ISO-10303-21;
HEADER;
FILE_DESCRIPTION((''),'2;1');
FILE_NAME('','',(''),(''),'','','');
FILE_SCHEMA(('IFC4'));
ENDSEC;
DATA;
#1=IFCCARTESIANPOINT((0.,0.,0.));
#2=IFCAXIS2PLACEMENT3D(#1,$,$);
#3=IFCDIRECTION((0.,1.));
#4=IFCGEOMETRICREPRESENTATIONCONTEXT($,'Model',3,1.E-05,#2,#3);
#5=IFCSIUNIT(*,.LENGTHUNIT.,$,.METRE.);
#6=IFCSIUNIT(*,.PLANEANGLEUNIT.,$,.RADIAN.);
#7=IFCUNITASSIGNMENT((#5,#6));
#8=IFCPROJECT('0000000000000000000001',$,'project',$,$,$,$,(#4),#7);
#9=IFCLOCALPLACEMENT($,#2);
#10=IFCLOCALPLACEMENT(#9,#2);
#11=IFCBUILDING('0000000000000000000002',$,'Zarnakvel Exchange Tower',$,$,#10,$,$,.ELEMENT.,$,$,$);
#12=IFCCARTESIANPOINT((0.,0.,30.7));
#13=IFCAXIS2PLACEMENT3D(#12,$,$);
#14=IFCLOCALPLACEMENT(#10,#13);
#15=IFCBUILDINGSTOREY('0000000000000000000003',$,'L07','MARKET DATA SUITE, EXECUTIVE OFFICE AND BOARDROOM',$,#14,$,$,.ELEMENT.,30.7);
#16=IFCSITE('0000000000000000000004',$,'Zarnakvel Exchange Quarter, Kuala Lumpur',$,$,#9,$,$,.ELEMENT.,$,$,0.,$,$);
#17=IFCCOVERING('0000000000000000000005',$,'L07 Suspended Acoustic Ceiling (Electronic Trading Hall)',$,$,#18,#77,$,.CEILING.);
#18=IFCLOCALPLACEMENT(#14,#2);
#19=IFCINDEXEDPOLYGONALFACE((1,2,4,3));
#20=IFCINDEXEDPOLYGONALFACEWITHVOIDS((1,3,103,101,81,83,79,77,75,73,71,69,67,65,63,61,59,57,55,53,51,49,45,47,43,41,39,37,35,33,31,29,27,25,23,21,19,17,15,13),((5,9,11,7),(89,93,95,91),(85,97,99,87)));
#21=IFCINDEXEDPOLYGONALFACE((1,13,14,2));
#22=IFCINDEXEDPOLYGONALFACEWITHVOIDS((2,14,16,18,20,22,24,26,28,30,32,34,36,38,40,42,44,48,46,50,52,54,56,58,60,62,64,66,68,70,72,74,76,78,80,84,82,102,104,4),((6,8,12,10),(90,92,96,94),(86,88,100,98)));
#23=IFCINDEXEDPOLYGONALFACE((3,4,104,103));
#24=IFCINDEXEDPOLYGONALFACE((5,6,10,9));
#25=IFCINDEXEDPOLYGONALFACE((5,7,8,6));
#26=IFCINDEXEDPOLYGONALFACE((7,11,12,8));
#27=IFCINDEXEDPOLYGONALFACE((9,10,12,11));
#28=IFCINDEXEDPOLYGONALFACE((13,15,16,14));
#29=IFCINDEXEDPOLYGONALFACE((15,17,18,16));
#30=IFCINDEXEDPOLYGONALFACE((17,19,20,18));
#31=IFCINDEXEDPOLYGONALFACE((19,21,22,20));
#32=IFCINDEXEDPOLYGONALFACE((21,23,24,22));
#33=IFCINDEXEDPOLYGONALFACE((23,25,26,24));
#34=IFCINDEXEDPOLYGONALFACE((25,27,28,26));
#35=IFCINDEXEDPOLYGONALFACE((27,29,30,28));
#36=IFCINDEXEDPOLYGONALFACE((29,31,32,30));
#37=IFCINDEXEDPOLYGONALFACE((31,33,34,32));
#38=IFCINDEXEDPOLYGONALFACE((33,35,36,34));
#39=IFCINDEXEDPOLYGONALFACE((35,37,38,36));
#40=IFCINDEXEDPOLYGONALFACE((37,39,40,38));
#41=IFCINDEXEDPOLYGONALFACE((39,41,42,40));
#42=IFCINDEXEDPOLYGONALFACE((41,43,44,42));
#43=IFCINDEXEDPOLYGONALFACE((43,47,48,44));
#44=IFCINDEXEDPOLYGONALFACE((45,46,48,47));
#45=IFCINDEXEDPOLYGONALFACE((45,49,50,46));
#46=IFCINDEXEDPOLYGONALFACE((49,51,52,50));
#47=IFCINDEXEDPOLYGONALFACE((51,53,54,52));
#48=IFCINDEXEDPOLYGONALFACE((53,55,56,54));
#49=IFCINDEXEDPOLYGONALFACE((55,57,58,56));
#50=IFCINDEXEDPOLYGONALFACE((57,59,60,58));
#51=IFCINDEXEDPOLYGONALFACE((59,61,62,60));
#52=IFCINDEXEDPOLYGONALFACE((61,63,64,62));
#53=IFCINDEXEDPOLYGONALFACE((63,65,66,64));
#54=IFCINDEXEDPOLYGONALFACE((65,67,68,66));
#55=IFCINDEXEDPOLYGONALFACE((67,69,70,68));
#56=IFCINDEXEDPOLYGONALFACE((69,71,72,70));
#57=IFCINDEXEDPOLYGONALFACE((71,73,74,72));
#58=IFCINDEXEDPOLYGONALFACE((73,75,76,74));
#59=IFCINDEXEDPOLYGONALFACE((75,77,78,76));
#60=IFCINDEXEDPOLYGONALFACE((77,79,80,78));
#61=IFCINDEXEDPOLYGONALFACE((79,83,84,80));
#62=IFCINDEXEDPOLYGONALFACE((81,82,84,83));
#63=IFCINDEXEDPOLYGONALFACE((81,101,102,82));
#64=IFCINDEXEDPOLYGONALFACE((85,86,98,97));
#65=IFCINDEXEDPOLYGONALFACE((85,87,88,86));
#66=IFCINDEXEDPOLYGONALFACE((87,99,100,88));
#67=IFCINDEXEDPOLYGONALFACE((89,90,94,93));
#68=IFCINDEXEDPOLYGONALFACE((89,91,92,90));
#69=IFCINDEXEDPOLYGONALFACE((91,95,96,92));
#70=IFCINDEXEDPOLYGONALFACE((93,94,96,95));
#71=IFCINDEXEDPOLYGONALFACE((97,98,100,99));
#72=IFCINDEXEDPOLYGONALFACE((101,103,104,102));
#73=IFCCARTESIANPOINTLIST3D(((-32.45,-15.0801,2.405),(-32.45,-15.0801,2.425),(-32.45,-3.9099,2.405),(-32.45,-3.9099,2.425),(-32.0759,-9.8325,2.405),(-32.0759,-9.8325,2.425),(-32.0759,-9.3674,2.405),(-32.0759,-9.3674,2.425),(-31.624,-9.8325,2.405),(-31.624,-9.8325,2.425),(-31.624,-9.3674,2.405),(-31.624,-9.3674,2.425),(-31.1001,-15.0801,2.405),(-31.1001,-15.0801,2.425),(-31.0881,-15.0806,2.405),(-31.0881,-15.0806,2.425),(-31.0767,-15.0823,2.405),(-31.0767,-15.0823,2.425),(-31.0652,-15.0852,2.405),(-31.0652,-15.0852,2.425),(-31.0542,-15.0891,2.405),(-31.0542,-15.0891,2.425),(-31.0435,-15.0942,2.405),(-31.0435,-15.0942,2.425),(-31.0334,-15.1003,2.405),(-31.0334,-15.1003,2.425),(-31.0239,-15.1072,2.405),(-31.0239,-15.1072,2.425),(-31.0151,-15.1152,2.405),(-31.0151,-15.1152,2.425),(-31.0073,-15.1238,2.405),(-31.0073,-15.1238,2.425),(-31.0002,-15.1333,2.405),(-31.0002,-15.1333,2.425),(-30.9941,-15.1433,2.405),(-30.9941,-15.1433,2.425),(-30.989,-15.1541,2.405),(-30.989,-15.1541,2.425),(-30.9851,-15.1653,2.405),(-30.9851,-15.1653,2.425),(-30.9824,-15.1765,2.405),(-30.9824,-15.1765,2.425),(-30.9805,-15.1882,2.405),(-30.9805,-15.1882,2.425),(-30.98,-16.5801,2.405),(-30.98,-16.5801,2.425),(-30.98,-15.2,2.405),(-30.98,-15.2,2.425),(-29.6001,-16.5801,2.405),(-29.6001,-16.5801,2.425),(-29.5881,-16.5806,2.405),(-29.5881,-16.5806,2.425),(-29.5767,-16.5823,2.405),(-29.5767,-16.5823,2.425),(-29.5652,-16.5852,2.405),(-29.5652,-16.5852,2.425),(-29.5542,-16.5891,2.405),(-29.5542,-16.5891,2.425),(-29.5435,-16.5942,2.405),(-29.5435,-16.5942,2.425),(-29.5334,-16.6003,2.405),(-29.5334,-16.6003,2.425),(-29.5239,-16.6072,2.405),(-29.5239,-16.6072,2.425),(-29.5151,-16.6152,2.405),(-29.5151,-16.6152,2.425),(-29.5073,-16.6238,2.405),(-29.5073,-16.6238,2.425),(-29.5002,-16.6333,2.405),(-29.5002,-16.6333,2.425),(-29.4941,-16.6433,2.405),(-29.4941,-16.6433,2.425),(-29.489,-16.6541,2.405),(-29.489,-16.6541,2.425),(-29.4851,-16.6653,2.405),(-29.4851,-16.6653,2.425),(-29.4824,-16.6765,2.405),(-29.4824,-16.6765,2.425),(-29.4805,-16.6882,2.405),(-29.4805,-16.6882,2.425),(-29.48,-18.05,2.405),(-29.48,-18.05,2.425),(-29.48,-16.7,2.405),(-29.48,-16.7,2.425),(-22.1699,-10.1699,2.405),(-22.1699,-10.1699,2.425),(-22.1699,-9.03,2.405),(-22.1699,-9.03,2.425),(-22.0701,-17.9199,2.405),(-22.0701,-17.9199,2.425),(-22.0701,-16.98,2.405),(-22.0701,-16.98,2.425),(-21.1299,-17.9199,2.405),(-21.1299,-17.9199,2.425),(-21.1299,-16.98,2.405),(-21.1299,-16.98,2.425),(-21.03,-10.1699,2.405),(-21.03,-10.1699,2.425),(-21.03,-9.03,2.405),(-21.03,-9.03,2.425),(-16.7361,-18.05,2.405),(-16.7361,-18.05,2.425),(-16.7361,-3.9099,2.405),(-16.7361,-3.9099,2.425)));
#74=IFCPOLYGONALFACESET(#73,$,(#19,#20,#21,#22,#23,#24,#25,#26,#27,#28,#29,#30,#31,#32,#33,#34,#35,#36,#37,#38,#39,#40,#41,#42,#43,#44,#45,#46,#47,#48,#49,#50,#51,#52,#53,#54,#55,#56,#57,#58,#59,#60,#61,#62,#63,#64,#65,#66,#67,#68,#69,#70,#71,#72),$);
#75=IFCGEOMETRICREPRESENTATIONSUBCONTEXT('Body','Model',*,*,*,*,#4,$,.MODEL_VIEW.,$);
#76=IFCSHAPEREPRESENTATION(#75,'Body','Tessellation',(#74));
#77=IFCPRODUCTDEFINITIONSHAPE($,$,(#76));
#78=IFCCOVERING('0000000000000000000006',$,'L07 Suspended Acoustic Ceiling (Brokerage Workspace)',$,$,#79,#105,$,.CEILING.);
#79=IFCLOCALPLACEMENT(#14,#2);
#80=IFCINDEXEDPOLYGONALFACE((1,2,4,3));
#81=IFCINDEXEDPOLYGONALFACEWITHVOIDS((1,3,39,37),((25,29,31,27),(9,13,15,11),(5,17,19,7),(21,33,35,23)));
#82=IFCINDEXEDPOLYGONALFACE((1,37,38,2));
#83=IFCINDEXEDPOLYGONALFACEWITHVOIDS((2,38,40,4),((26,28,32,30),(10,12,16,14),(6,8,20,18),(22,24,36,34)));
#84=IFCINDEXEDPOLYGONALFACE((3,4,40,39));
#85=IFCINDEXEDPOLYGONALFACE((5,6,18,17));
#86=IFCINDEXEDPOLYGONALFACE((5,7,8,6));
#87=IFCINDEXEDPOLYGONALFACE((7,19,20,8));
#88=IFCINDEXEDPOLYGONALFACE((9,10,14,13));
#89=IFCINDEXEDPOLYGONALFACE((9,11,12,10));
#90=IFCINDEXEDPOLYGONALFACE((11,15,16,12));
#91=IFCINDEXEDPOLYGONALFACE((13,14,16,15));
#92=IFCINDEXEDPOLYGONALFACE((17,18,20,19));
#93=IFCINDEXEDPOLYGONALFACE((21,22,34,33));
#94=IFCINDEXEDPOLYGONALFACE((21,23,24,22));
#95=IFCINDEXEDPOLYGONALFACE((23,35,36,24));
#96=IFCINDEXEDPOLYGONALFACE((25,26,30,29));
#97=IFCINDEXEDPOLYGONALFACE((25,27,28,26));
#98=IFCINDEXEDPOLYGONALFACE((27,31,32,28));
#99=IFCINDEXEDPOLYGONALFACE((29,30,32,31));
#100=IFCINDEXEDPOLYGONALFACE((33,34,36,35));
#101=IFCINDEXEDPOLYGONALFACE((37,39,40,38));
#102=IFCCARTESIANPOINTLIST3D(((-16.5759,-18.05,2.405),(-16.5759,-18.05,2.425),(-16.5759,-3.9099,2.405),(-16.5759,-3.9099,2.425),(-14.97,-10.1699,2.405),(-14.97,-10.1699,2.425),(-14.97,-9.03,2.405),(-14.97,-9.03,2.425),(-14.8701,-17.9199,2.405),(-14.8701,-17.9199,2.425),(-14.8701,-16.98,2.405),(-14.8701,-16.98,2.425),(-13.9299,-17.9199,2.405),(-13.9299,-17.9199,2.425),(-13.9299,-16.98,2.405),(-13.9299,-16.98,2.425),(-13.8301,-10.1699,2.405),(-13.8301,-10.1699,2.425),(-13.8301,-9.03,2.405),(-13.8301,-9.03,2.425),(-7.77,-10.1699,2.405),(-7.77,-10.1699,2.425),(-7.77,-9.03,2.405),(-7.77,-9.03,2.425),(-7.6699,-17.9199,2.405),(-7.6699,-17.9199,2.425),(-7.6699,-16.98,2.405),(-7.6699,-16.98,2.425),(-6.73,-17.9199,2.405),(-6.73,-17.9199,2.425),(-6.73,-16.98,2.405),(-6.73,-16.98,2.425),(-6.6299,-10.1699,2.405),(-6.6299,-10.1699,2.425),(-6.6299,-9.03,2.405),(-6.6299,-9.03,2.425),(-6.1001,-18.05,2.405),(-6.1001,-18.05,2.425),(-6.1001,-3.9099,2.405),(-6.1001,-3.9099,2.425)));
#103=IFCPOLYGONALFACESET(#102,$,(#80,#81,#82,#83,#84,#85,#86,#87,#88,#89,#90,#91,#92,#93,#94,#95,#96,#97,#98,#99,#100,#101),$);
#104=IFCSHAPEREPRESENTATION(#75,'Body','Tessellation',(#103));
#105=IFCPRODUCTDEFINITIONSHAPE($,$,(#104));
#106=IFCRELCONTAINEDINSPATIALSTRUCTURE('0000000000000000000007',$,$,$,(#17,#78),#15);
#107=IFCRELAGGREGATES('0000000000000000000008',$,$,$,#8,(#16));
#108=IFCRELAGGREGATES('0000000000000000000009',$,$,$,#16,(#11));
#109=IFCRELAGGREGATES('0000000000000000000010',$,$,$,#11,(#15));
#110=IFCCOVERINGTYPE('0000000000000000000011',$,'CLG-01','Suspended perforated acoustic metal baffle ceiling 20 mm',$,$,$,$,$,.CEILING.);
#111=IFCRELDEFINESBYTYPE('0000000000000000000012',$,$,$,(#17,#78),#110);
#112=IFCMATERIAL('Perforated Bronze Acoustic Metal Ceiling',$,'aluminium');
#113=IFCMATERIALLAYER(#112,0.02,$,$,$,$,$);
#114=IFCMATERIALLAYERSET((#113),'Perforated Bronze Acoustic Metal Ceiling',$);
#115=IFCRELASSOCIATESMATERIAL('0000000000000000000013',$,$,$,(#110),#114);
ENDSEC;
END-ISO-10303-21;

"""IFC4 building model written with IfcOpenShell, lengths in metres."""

from ifc_helpers import new_model, si_unit, direction, frame, origin, place, context, subcontext, project, spatial, polyline, outline, extrude, material, layer, layer_set, type_object, element, save


model = new_model("IFC4")

# Units and contexts
model_context = context("Model", 3, precision=1e-05, world=origin(), true_north=direction((0.0, 1.0)))
body_context = subcontext(model_context, "Body", "Model", "MODEL_VIEW")
ifc_project = project(units=[si_unit("LENGTHUNIT", "METRE"), si_unit("PLANEANGLEUNIT", "RADIAN")], contexts=[model_context])

# Site, building, storey
site_placement = place(None, origin())
site = spatial("IfcSite", under=ifc_project, at=site_placement, Name="Zarnakvel Exchange Quarter, Kuala Lumpur", CompositionType="ELEMENT", RefElevation=0.0)
building_placement = place(site_placement, origin())
building = spatial("IfcBuilding", under=site, at=building_placement, Name="Zarnakvel Exchange Tower", CompositionType="ELEMENT")
storey_placement = place(building_placement, frame((0.0, 0.0, 30.7)))
storey = spatial("IfcBuildingStorey", under=building, at=storey_placement, Name="L07", Description="MARKET DATA SUITE, EXECUTIVE OFFICE AND BOARDROOM", CompositionType="ELEMENT", Elevation=30.7)

# Coverings
ifc_material_1 = material(Name="Perforated Bronze Acoustic Metal Ceiling", Category="aluminium")
ifc_layer_1 = layer(ifc_material_1, 0.02)
ifc_layer_set_1 = layer_set([ifc_layer_1], Name="Perforated Bronze Acoustic Metal Ceiling")
covering_type_1 = type_object("IfcCoveringType", Name="CLG-01", Description="Suspended perforated acoustic metal baffle ceiling 20 mm", PredefinedType="CEILING", material=ifc_layer_set_1)
covering_1_placement = place(storey_placement, frame((0.0, 0.0, 2.405)))
element("IfcCovering", 1, at=covering_1_placement, inside=storey, type_object=covering_type_1, Name="L07 Suspended Acoustic Ceiling (Electronic Trading Hall)", PredefinedType="CEILING", context=body_context, shape_type="SweptSolid", body=[
    extrude(outline(polyline([(-16.7361, -3.9099), (-16.7361, -18.05), (-29.48, -18.05), (-29.48, -16.7), (-29.4805, -16.6882), (-29.4824, -16.6765), (-29.4851, -16.6653), (-29.489, -16.6541), (-29.4941, -16.6433), (-29.5002, -16.6333), (-29.5073, -16.6238), (-29.5151, -16.6152), (-29.5239, -16.6072), (-29.5334, -16.6003), (-29.5435, -16.5942), (-29.5542, -16.5891), (-29.5652, -16.5852), (-29.5767, -16.5823), (-29.5881, -16.5806), (-29.6001, -16.5801), (-30.98, -16.5801), (-30.98, -15.2), (-30.9805, -15.1882), (-30.9824, -15.1765), (-30.9851, -15.1653), (-30.989, -15.1541), (-30.9941, -15.1433), (-31.0002, -15.1333), (-31.0073, -15.1238), (-31.0151, -15.1152), (-31.0239, -15.1072), (-31.0334, -15.1003), (-31.0435, -15.0942), (-31.0542, -15.0891), (-31.0652, -15.0852), (-31.0767, -15.0823), (-31.0881, -15.0806), (-31.1001, -15.0801), (-32.45, -15.0801), (-32.45, -3.9099), (-16.7361, -3.9099)]), holes=[polyline([(-21.03, -10.1699), (-21.03, -9.03), (-22.1699, -9.03), (-22.1699, -10.1699), (-21.03, -10.1699)]), polyline([(-21.1299, -17.9199), (-21.1299, -16.98), (-22.0701, -16.98), (-22.0701, -17.9199), (-21.1299, -17.9199)]), polyline([(-32.0759, -9.8325), (-31.624, -9.8325), (-31.624, -9.3674), (-32.0759, -9.3674), (-32.0759, -9.8325)])]), origin(), (0.0, 0.0, 1.0), 0.02),
])
covering_2_placement = place(storey_placement, frame((0.0, 0.0, 2.405)))
element("IfcCovering", 2, at=covering_2_placement, inside=storey, type_object=covering_type_1, Name="L07 Suspended Acoustic Ceiling (Brokerage Workspace)", PredefinedType="CEILING", context=body_context, shape_type="SweptSolid", body=[
    extrude(outline(polyline([(-16.5759, -3.9099), (-6.1001, -3.9099), (-6.1001, -18.05), (-16.5759, -18.05), (-16.5759, -3.9099)]), holes=[polyline([(-7.77, -10.1699), (-6.6299, -10.1699), (-6.6299, -9.03), (-7.77, -9.03), (-7.77, -10.1699)]), polyline([(-6.73, -17.9199), (-6.73, -16.98), (-7.6699, -16.98), (-7.6699, -17.9199), (-6.73, -17.9199)]), polyline([(-13.8301, -10.1699), (-13.8301, -9.03), (-14.97, -9.03), (-14.97, -10.1699), (-13.8301, -10.1699)]), polyline([(-13.9299, -17.9199), (-13.9299, -16.98), (-14.8701, -16.98), (-14.8701, -17.9199), (-13.9299, -17.9199)])]), origin(), (0.0, 0.0, 1.0), 0.02),
])

save(model, "model.ifc")
